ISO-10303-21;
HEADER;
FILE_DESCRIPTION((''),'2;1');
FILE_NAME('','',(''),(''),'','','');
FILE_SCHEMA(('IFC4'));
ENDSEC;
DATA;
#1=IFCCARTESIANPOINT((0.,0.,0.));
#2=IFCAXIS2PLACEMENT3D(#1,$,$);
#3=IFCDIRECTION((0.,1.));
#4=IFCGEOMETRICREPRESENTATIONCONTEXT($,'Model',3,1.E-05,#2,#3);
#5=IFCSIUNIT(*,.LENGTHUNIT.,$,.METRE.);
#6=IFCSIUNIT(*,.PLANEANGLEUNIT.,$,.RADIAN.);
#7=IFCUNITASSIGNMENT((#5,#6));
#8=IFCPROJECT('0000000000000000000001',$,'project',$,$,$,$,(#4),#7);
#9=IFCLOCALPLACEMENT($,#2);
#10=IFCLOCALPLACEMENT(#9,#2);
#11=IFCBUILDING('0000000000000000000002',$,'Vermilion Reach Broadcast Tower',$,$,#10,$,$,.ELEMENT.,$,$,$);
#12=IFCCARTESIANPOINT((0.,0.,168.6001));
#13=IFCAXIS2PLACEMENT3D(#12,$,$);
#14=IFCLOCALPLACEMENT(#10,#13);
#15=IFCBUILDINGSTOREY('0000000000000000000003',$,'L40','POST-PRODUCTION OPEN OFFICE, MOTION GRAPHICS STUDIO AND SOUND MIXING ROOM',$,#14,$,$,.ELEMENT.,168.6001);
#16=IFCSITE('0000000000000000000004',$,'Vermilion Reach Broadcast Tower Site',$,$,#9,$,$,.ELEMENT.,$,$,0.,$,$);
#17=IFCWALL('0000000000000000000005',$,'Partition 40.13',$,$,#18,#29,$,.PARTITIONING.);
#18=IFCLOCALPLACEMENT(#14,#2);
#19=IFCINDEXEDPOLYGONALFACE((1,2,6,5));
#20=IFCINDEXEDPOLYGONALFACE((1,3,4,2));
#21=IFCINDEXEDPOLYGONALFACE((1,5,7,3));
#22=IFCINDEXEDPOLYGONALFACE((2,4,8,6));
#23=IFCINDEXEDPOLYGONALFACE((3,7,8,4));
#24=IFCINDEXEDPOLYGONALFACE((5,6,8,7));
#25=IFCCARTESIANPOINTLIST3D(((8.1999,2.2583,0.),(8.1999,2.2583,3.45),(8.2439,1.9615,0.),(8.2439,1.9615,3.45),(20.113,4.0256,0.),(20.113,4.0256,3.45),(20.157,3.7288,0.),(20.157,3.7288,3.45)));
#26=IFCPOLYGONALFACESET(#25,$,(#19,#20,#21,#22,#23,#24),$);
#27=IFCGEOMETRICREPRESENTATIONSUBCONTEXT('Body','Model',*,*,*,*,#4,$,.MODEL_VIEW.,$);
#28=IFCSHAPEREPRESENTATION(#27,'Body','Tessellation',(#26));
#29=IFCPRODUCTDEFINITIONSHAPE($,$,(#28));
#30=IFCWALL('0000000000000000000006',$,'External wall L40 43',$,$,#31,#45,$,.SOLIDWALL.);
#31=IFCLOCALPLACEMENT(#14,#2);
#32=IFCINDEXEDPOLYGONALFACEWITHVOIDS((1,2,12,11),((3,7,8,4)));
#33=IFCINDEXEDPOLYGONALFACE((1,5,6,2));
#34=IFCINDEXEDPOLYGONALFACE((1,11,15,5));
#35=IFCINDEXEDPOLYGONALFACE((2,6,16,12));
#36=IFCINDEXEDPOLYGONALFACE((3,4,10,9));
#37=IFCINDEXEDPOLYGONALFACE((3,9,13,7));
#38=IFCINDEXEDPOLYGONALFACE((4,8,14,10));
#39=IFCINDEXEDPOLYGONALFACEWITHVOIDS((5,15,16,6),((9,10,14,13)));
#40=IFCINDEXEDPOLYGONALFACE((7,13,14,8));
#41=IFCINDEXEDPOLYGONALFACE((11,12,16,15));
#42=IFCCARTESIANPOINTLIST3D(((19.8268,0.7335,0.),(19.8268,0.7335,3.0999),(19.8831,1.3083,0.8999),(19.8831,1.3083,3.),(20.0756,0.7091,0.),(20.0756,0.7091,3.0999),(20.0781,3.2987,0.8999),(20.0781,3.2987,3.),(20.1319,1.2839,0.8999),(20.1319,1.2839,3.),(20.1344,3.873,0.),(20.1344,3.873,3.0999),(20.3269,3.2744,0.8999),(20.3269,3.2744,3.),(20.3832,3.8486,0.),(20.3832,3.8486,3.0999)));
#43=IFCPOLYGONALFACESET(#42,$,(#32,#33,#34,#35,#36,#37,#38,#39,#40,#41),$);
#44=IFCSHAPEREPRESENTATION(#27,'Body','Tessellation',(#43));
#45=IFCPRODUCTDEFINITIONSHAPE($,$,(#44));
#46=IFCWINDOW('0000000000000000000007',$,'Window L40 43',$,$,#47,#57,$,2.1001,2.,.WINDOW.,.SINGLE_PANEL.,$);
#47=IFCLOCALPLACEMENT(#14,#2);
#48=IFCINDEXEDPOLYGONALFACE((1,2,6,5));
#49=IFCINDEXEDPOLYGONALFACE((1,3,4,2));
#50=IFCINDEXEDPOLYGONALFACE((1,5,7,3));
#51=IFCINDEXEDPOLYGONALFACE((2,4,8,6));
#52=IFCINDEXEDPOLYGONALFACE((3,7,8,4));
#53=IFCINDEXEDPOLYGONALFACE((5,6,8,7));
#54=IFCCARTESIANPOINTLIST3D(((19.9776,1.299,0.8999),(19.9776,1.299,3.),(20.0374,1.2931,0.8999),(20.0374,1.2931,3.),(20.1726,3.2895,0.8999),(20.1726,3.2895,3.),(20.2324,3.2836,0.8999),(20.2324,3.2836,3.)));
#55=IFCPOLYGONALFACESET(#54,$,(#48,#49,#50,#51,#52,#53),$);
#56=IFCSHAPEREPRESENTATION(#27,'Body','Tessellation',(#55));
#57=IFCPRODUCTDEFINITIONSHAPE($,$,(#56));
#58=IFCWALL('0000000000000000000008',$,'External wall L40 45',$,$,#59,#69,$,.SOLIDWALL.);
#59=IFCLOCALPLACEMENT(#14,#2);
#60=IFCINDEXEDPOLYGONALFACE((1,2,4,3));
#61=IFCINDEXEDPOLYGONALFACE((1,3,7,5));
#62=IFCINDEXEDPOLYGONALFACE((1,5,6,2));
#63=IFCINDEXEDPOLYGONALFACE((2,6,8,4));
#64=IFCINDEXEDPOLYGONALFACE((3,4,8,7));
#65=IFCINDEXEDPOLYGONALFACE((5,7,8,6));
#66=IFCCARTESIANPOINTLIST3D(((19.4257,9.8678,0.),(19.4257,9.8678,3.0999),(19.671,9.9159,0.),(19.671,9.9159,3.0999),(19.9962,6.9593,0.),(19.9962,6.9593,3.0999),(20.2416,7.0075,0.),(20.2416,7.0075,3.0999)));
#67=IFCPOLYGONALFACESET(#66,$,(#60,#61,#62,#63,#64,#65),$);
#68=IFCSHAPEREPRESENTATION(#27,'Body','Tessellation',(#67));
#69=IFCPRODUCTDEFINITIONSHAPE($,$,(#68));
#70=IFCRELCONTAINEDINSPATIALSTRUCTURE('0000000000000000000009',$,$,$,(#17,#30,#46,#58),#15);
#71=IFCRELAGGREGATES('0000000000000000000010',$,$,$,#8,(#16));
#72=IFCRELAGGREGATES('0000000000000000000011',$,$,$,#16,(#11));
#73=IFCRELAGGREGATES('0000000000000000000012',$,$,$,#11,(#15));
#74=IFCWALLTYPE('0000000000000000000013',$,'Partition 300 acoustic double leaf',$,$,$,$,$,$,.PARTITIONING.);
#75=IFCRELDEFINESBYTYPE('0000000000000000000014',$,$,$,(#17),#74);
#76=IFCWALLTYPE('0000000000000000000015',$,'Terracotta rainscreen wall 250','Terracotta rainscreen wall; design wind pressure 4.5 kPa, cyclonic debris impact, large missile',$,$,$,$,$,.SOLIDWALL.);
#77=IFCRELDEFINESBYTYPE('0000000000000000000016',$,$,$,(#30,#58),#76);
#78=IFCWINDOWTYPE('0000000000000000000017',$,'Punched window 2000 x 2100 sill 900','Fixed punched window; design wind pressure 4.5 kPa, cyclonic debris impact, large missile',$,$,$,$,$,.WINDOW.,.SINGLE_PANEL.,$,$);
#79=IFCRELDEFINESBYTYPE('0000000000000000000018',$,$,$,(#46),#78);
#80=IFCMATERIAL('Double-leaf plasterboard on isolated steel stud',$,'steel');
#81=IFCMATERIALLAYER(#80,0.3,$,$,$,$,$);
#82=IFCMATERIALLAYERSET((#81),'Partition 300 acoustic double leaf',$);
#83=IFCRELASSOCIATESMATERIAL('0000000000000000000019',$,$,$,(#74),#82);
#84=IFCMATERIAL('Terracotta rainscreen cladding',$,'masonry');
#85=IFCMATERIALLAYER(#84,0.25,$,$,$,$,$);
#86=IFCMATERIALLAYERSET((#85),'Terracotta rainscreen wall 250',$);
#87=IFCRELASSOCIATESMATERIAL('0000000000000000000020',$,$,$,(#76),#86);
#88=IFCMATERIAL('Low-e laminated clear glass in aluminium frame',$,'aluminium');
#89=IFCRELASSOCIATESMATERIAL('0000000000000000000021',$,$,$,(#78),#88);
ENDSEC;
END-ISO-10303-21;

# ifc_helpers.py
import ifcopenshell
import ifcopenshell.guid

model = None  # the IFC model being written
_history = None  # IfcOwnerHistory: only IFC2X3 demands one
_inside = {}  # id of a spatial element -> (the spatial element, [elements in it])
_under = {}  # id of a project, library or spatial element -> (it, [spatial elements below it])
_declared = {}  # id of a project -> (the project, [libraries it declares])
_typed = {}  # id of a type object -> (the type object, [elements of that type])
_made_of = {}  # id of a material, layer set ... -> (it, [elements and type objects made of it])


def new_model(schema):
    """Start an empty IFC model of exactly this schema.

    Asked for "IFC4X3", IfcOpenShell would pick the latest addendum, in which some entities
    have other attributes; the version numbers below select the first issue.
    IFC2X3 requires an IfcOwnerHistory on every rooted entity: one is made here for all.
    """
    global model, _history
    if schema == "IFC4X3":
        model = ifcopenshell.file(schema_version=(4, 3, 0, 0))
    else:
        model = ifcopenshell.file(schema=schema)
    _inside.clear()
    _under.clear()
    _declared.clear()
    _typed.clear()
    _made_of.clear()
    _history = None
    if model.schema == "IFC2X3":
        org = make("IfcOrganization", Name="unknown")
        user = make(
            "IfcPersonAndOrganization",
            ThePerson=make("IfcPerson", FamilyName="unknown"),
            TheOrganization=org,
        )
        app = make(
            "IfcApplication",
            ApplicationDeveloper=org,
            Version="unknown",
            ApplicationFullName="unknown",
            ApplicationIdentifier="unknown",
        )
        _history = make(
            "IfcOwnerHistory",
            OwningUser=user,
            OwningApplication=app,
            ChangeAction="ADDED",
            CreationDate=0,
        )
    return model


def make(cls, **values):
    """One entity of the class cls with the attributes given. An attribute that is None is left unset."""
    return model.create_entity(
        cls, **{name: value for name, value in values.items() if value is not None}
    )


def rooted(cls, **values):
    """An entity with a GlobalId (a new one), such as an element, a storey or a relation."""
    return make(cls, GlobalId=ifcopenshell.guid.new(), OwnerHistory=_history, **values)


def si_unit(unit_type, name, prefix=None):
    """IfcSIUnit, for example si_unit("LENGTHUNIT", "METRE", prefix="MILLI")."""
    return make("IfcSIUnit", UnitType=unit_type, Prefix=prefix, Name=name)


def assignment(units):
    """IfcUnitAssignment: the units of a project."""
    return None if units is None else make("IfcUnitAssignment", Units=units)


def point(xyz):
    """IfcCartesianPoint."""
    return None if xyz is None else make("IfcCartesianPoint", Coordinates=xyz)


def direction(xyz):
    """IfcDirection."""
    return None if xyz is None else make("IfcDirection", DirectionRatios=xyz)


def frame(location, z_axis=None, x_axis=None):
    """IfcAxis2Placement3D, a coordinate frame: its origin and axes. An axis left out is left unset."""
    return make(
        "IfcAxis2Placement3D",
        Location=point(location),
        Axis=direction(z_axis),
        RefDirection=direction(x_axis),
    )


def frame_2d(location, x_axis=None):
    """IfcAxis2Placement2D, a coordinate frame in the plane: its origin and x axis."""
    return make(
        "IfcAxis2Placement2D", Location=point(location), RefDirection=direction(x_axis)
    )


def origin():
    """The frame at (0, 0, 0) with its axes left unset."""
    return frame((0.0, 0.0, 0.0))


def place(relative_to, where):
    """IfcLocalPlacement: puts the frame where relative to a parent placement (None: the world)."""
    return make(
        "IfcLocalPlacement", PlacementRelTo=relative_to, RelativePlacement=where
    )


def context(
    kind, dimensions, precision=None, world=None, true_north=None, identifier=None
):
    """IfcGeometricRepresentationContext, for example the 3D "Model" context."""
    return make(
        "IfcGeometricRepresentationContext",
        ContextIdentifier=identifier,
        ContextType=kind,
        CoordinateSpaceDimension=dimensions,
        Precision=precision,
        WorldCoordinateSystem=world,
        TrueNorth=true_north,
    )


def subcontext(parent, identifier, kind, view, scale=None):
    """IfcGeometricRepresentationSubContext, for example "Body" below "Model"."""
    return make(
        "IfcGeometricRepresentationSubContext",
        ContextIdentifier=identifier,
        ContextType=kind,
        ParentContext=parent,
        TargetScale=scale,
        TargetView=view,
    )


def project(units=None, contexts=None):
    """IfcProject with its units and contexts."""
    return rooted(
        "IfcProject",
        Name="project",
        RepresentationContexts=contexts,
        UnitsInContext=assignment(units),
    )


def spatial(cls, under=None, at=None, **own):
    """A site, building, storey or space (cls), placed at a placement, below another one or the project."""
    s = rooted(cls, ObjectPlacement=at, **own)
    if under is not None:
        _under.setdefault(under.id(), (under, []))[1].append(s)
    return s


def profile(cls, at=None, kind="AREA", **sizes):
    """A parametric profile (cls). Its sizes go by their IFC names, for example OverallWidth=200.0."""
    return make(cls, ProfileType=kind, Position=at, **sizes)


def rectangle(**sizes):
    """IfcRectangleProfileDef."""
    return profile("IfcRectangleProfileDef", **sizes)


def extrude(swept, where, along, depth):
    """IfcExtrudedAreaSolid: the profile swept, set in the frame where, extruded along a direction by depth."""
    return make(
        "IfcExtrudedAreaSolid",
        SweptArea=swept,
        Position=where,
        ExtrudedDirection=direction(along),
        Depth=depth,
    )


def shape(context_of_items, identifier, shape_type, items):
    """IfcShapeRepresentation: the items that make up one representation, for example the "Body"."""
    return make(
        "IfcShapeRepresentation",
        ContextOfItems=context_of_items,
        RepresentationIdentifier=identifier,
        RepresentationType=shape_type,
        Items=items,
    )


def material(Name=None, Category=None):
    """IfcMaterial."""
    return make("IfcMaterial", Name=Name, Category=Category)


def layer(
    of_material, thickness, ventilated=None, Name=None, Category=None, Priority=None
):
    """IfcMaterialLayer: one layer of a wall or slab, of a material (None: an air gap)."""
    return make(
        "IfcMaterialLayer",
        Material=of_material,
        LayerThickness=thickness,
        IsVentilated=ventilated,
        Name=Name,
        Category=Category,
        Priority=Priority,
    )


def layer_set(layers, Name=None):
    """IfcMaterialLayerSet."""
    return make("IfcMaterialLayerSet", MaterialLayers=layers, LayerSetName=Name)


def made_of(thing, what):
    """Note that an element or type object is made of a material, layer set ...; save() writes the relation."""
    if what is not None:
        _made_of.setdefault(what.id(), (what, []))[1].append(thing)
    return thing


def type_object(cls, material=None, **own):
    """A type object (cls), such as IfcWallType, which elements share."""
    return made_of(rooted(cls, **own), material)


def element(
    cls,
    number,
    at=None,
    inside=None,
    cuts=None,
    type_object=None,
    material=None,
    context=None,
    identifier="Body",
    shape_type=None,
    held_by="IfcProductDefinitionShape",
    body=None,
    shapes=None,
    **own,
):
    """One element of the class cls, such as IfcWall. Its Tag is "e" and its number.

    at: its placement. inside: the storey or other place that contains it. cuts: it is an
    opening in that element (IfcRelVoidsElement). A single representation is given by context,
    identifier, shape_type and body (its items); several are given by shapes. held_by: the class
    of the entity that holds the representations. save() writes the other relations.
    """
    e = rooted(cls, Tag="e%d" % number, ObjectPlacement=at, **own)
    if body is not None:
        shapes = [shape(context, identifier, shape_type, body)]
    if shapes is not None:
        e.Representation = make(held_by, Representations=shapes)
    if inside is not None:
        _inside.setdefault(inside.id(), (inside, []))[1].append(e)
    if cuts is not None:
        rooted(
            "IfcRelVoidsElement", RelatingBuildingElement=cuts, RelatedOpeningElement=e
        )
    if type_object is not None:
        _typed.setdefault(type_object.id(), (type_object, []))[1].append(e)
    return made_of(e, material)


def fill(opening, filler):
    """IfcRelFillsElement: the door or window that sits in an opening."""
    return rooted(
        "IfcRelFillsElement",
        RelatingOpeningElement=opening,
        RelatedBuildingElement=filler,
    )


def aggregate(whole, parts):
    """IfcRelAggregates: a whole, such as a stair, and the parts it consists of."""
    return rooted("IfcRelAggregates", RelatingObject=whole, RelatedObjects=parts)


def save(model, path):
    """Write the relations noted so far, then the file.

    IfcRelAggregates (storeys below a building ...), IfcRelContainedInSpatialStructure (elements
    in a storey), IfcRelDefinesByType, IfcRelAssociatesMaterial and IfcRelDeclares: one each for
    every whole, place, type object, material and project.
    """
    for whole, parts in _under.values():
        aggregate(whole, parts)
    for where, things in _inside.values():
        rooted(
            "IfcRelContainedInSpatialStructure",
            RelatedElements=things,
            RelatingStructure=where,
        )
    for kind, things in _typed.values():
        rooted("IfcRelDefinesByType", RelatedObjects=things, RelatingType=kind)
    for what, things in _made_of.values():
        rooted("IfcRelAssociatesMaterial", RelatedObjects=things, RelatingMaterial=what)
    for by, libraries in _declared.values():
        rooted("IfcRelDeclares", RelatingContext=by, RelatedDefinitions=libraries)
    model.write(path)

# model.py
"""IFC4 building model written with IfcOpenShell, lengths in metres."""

from ifc_helpers import new_model, si_unit, direction, frame, frame_2d, origin, place, context, subcontext, project, spatial, rectangle, extrude, material, layer, layer_set, type_object, element, fill, save


model = new_model("IFC4")

# Units and contexts
model_context = context("Model", 3, precision=1e-05, world=origin(), true_north=direction((0.0, 1.0)))
body_context = subcontext(model_context, "Body", "Model", "MODEL_VIEW")
ifc_project = project(units=[si_unit("LENGTHUNIT", "METRE"), si_unit("PLANEANGLEUNIT", "RADIAN")], contexts=[model_context])

# Site, building, storey
site_placement = place(None, origin())
site = spatial("IfcSite", under=ifc_project, at=site_placement, Name="Vermilion Reach Broadcast Tower Site", CompositionType="ELEMENT", RefElevation=0.0)
building_placement = place(site_placement, origin())
building = spatial("IfcBuilding", under=site, at=building_placement, Name="Vermilion Reach Broadcast Tower", CompositionType="ELEMENT")
storey_placement = place(building_placement, frame((0.0, 0.0, 168.6001)))
storey = spatial("IfcBuildingStorey", under=building, at=storey_placement, Name="L40", Description="POST-PRODUCTION OPEN OFFICE, MOTION GRAPHICS STUDIO AND SOUND MIXING ROOM", CompositionType="ELEMENT", Elevation=168.6001)

# Wall
ifc_material_1 = material(Name="Double-leaf plasterboard on isolated steel stud", Category="steel")
ifc_layer_1 = layer(ifc_material_1, 0.3)
ifc_layer_set_1 = layer_set([ifc_layer_1], Name="Partition 300 acoustic double leaf")
wall_type_1 = type_object("IfcWallType", Name="Partition 300 acoustic double leaf", PredefinedType="PARTITIONING", material=ifc_layer_set_1)
wall_1_placement = place(storey_placement, frame((20.135, 3.8772, 0.0), z_axis=(0.0, 0.0, 1.0), x_axis=(-0.989174, -0.146746, 0.0)))
element("IfcWall", 1, at=wall_1_placement, inside=storey, type_object=wall_type_1, Name="Partition 40.13", PredefinedType="PARTITIONING", context=body_context, shape_type="SweptSolid", body=[
    extrude(rectangle(XDim=12.0435, YDim=0.3, at=frame_2d((6.0217, 0.0))), origin(), (0.0, 0.0, 1.0), 3.45),
])

# Wall, opening, window
ifc_material_2 = material(Name="Terracotta rainscreen cladding", Category="masonry")
ifc_layer_2 = layer(ifc_material_2, 0.25)
ifc_layer_set_2 = layer_set([ifc_layer_2], Name="Terracotta rainscreen wall 250")
wall_type_2 = type_object("IfcWallType", Name="Terracotta rainscreen wall 250", Description="Terracotta rainscreen wall; design wind pressure 4.5 kPa, cyclonic debris impact, large missile", PredefinedType="SOLIDWALL", material=ifc_layer_set_2)
wall_2_placement = place(storey_placement, frame((19.9512, 0.7214, 0.0), z_axis=(0.0, 0.0, 1.0), x_axis=(0.097519, 0.995234, 0.0)))
wall_2 = element("IfcWall", 2, at=wall_2_placement, inside=storey, type_object=wall_type_2, Name="External wall L40 43", PredefinedType="SOLIDWALL", context=body_context, shape_type="SweptSolid", body=[
    extrude(rectangle(XDim=3.1545, YDim=0.25, at=frame_2d((1.5771, 0.0))), origin(), (0.0, 0.0, 1.0), 3.0999),
])
opening_1_placement = place(wall_2_placement, frame((0.5774, 0.0, 0.8999)))
opening_1 = element("IfcOpeningElement", 3, at=opening_1_placement, cuts=wall_2, PredefinedType="OPENING", context=body_context, shape_type="SweptSolid", body=[
    extrude(rectangle(XDim=2.0, YDim=2.1001, at=frame_2d((1.0, 1.05))), frame((0.0, 0.135, 0.0), z_axis=(0.0, -1.0, 0.0), x_axis=(1.0, 0.0, 0.0)), (0.0, 0.0, 1.0), 0.27),
])
ifc_material_3 = material(Name="Low-e laminated clear glass in aluminium frame", Category="aluminium")
window_type = type_object("IfcWindowType", Name="Punched window 2000 x 2100 sill 900", Description="Fixed punched window; design wind pressure 4.5 kPa, cyclonic debris impact, large missile", PartitioningType="SINGLE_PANEL", PredefinedType="WINDOW", material=ifc_material_3)
window_placement = place(opening_1_placement, origin())
window = element("IfcWindow", 4, at=window_placement, inside=storey, type_object=window_type, Name="Window L40 43", OverallHeight=2.1001, OverallWidth=2.0, PartitioningType="SINGLE_PANEL", PredefinedType="WINDOW", context=body_context, shape_type="SweptSolid", body=[
    extrude(rectangle(XDim=2.0, YDim=2.1001, at=frame_2d((1.0, 1.05))), frame((0.0, 0.03, 0.0), z_axis=(0.0, -1.0, 0.0), x_axis=(1.0, 0.0, 0.0)), (0.0, 0.0, 1.0), 0.0601),
])
fill(opening_1, window)

# Wall
wall_3_placement = place(storey_placement, frame((20.1189, 6.9834, 0.0), z_axis=(0.0, 0.0, 1.0), x_axis=(-0.192503, 0.981296, 0.0)))
element("IfcWall", 5, at=wall_3_placement, inside=storey, type_object=wall_type_2, Name="External wall L40 45", PredefinedType="SOLIDWALL", context=body_context, shape_type="SweptSolid", body=[
    extrude(rectangle(XDim=2.9639, YDim=0.25, at=frame_2d((1.4819, 0.0))), origin(), (0.0, 0.0, 1.0), 3.0999),
])

save(model, "model.ifc")
